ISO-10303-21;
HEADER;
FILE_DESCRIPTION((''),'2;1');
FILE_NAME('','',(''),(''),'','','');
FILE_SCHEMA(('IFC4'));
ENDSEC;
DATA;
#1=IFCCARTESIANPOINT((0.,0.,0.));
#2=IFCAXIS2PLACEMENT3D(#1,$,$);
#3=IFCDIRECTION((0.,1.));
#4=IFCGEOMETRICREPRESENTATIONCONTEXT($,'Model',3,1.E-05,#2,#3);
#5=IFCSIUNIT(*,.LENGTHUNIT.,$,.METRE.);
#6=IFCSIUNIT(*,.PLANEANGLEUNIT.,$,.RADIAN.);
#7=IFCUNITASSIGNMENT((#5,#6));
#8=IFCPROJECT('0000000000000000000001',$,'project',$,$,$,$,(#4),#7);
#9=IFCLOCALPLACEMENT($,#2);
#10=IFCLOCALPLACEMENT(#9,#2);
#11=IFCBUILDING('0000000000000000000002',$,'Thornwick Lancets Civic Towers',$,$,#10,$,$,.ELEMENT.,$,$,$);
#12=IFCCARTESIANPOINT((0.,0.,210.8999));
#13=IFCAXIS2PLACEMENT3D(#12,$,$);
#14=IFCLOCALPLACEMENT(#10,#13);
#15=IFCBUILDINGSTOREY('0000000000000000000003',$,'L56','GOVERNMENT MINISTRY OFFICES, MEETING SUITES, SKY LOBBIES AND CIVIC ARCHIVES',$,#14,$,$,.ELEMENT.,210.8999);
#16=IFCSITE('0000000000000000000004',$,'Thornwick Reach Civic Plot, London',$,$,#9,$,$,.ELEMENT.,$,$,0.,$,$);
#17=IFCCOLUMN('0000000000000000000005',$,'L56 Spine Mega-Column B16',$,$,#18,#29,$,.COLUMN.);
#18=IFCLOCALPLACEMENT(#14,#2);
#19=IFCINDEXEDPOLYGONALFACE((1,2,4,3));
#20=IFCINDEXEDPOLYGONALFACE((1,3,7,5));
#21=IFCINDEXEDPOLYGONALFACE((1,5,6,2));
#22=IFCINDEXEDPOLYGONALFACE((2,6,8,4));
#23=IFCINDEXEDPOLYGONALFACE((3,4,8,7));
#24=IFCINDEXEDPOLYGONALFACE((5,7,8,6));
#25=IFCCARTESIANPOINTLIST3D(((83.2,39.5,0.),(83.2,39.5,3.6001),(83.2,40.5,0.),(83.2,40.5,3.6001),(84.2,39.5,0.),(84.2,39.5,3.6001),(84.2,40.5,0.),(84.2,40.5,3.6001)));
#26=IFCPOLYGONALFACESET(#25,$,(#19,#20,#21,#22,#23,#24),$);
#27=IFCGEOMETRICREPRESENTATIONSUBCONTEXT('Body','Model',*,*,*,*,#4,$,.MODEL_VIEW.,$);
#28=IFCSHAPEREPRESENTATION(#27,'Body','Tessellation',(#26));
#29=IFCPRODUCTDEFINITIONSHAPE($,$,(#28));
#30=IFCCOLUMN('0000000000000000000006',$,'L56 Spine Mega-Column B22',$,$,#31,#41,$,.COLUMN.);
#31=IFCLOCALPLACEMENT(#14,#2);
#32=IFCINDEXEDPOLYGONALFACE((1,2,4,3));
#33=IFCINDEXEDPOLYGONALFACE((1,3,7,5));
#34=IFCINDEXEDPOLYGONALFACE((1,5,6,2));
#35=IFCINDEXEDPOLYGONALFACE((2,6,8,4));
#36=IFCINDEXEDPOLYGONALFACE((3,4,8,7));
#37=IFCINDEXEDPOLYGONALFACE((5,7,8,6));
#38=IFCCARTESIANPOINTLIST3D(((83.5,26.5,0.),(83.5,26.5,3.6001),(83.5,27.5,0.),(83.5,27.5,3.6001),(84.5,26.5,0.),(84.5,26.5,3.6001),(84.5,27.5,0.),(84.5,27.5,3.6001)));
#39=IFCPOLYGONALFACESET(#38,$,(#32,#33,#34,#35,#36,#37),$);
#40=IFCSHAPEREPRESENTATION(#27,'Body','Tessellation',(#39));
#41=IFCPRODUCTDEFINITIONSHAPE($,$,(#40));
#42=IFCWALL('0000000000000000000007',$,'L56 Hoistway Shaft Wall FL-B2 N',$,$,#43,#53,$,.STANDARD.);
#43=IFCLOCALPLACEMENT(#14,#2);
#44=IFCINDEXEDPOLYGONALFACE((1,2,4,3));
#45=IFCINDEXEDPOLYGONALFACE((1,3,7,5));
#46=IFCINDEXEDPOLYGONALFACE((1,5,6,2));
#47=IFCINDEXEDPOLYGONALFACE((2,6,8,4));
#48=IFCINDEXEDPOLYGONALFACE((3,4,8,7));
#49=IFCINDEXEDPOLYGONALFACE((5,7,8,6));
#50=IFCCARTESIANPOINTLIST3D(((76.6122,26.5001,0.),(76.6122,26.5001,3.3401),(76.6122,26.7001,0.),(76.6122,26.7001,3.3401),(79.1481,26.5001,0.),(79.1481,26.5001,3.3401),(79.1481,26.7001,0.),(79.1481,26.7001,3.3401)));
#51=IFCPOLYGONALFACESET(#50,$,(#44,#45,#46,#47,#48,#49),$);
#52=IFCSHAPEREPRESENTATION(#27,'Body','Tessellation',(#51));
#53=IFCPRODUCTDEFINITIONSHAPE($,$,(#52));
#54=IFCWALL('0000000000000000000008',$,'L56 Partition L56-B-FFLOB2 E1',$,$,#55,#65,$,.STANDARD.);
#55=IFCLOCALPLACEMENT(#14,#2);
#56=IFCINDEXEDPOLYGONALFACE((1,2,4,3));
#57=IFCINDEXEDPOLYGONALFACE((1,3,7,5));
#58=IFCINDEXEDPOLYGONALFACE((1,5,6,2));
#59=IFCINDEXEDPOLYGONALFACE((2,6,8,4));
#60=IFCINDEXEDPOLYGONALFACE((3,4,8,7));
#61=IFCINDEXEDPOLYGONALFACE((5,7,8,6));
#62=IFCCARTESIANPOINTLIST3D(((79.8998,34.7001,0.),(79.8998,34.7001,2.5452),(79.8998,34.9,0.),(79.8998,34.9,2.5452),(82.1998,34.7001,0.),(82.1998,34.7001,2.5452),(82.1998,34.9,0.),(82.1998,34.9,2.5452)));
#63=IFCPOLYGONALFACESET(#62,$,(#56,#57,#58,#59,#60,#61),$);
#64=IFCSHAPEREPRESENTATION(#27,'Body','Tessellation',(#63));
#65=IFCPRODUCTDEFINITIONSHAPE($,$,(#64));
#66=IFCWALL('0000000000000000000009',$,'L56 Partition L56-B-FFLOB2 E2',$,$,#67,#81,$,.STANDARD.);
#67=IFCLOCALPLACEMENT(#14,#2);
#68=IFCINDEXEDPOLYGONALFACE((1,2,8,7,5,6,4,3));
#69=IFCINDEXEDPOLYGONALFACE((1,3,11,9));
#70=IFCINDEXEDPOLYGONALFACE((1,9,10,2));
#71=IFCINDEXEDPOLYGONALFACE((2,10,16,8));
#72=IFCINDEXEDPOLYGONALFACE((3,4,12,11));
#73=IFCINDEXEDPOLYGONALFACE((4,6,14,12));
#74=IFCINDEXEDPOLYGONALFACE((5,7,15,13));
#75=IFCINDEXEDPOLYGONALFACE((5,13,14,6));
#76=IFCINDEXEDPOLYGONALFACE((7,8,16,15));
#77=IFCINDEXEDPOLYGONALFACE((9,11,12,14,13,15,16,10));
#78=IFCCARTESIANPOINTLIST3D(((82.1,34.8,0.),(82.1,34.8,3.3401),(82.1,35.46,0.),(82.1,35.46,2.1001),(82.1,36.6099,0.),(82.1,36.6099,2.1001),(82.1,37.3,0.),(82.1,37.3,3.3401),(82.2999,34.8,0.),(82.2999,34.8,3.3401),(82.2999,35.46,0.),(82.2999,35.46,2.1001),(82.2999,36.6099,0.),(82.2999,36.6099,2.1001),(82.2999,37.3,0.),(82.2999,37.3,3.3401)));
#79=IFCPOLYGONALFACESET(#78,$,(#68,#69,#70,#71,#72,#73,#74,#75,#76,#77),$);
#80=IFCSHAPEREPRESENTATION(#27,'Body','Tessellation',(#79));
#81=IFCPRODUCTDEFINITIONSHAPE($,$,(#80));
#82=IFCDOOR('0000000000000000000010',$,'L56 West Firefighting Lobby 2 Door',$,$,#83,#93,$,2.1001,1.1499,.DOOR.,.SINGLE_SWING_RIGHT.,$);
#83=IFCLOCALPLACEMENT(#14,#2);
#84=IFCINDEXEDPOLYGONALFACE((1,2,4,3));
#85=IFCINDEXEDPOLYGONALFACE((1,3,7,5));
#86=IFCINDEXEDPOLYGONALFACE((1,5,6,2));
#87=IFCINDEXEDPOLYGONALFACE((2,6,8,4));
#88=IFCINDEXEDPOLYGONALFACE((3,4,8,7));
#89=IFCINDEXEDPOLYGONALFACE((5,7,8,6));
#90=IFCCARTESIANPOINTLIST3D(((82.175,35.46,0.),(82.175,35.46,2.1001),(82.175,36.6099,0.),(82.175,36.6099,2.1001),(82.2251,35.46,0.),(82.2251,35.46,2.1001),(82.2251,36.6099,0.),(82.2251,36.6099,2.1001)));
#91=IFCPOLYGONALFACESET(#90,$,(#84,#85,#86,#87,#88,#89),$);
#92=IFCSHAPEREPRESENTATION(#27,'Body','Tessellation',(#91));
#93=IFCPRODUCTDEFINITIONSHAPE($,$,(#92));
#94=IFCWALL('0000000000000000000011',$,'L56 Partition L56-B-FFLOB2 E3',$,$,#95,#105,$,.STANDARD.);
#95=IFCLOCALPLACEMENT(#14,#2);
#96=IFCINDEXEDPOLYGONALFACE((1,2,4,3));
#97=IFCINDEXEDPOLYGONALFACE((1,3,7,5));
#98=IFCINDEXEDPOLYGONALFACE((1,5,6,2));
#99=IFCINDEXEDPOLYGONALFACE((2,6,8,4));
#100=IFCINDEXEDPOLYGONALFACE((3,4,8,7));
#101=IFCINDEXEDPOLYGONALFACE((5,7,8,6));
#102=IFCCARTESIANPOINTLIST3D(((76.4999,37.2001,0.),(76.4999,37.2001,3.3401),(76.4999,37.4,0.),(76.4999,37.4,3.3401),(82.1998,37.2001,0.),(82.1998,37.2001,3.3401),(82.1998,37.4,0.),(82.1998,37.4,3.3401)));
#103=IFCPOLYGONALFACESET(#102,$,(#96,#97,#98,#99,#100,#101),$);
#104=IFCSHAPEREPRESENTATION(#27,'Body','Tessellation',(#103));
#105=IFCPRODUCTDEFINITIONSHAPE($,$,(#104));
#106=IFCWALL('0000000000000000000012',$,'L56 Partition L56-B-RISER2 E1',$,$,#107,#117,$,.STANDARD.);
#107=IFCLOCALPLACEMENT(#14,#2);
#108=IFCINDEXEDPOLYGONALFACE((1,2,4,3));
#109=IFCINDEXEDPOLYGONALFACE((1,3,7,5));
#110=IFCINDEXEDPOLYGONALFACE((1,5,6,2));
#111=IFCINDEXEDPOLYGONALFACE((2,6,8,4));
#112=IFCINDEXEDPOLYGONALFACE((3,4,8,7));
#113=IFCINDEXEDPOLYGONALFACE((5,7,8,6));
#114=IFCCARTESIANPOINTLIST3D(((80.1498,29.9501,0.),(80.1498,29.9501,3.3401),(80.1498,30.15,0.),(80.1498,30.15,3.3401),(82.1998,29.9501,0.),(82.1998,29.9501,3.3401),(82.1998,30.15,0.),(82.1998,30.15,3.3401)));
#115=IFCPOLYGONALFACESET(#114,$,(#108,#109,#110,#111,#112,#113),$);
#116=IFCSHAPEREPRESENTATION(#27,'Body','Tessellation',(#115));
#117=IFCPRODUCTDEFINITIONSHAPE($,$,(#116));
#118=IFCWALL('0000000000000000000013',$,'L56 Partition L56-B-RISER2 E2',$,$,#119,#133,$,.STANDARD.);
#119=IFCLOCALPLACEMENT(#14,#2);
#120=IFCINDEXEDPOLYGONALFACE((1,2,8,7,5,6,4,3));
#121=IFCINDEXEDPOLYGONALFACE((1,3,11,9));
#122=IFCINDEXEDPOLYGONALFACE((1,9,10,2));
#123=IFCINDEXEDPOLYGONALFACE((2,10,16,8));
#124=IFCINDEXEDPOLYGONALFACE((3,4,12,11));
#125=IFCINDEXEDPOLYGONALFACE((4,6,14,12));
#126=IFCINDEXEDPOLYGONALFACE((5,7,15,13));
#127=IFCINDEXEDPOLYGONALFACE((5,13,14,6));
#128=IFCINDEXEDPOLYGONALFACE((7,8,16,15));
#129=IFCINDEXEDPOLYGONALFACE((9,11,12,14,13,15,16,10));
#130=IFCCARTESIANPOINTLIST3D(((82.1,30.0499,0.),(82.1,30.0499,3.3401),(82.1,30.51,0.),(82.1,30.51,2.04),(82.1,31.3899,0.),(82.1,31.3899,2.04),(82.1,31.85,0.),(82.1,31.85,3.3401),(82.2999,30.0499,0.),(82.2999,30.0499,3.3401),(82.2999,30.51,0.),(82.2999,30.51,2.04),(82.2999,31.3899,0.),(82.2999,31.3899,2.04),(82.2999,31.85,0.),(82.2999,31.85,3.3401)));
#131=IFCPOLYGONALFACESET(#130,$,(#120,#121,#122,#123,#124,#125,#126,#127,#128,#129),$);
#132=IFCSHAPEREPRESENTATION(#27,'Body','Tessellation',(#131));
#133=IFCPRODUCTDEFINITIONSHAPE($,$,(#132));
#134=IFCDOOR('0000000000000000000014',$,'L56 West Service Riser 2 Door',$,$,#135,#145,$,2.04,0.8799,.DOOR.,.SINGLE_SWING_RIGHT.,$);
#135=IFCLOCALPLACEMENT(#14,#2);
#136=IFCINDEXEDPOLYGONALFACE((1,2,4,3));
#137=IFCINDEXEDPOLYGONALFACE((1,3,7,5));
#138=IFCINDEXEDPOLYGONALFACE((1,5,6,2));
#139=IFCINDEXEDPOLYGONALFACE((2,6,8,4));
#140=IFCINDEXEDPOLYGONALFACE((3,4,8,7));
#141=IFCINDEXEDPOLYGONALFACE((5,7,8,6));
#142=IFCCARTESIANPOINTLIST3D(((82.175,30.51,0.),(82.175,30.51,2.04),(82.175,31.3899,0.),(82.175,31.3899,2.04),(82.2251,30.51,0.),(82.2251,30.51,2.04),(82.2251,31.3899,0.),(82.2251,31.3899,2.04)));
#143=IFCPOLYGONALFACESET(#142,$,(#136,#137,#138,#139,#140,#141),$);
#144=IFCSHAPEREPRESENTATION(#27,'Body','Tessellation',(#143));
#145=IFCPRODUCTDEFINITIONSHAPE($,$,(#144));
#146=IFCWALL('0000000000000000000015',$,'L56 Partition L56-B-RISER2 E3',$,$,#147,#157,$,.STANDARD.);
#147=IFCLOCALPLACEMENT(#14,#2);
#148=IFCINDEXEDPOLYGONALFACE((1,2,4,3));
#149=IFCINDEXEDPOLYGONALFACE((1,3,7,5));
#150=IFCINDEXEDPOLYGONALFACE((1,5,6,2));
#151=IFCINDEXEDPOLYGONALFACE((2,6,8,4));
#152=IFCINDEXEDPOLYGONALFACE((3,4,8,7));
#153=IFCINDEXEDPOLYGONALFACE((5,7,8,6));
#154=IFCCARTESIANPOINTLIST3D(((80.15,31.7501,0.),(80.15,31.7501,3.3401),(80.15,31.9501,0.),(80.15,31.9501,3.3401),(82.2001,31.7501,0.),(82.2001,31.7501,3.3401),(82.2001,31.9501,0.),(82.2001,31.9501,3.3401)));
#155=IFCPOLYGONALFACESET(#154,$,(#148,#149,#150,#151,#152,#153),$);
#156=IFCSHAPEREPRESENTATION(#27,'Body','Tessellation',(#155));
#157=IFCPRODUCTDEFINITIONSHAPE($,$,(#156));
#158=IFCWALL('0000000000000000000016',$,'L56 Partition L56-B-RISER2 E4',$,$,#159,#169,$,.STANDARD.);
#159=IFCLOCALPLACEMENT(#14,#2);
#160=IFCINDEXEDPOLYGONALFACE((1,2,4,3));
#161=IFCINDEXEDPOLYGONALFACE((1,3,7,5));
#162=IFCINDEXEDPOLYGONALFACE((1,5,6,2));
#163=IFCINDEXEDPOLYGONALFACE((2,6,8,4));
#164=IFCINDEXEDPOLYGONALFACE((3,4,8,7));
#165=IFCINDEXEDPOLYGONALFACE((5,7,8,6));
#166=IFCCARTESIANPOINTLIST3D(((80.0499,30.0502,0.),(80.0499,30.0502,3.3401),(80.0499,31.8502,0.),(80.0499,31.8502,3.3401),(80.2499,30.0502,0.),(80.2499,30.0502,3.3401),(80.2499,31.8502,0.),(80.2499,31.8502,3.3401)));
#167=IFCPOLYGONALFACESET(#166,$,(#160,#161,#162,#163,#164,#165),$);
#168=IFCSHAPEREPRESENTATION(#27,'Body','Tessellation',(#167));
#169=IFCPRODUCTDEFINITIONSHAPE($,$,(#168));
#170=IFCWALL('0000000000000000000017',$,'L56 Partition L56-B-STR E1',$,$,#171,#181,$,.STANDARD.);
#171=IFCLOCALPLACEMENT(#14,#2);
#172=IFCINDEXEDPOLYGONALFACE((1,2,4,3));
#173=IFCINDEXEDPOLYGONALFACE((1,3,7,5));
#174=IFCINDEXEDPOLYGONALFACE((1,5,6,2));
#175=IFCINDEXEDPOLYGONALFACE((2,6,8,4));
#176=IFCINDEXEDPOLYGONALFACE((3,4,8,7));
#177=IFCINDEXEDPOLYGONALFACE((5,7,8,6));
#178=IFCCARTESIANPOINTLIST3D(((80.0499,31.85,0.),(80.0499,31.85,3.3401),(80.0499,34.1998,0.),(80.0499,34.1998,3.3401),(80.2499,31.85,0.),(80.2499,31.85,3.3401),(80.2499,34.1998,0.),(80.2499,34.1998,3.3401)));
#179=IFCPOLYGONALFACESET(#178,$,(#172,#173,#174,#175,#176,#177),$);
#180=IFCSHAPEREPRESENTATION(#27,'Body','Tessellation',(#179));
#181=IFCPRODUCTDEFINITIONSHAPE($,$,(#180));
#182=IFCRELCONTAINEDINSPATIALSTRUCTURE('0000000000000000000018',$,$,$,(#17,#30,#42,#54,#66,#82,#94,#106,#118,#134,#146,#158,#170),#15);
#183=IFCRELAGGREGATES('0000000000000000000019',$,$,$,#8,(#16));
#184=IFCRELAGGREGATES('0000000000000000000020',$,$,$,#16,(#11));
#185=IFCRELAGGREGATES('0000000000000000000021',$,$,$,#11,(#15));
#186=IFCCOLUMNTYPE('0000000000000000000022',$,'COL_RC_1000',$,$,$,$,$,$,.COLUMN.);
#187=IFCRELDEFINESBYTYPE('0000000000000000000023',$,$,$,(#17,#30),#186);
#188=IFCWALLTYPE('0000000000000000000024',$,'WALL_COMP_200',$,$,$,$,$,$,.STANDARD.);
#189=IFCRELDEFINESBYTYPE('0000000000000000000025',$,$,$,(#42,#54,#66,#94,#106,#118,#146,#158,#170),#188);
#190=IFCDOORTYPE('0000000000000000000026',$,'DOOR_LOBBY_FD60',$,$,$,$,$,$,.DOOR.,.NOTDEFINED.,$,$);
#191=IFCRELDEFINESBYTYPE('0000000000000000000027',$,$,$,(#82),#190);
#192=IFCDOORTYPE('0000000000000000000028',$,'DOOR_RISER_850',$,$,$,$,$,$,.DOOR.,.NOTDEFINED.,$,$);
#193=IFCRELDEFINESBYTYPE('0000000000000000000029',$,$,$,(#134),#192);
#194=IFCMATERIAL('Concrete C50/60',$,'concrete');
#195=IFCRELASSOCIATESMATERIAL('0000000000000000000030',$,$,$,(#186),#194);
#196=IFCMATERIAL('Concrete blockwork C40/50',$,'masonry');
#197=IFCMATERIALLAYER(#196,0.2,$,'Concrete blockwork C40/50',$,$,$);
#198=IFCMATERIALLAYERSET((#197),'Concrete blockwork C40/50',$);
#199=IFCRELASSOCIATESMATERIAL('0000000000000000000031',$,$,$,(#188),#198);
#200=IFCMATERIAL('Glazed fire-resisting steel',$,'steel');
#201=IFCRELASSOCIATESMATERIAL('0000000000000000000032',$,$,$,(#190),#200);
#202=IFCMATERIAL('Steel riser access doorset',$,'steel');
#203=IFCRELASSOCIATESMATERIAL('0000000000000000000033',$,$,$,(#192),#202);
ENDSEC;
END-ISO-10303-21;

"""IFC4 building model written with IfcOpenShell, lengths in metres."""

from ifc_helpers import new_model, si_unit, direction, frame, frame_2d, origin, origin_2d, place, context, subcontext, project, spatial, rectangle, extrude, material, layer, layer_set, material_profile, profile_set, type_object, element, fill, save


model = new_model("IFC4")

# Units and contexts
model_context = context("Model", 3, precision=1e-05, world=origin(), true_north=direction((0.0, 1.0)))
body_context = subcontext(model_context, "Body", "Model", "MODEL_VIEW")
ifc_project = project(units=[si_unit("LENGTHUNIT", "METRE"), si_unit("PLANEANGLEUNIT", "RADIAN")], contexts=[model_context])

# Site, building, storey
site_placement = place(None, origin())
site = spatial("IfcSite", under=ifc_project, at=site_placement, Name="Thornwick Reach Civic Plot, London", CompositionType="ELEMENT", RefElevation=0.0)
building_placement = place(site_placement, origin())
building = spatial("IfcBuilding", under=site, at=building_placement, Name="Thornwick Lancets Civic Towers", CompositionType="ELEMENT")
storey_placement = place(building_placement, frame((0.0, 0.0, 210.8999)))
storey = spatial("IfcBuildingStorey", under=building, at=storey_placement, Name="L56", Description="GOVERNMENT MINISTRY OFFICES, MEETING SUITES, SKY LOBBIES AND CIVIC ARCHIVES", CompositionType="ELEMENT", Elevation=210.8999)

# Columns
ifc_material_1 = material(Name="Concrete C50/60", Category="concrete")
ifc_material_profile = material_profile(ifc_material_1, rectangle(XDim=1.0, YDim=1.0, at=origin_2d()), Name="RC 1000x1000")
ifc_profile_set = profile_set([ifc_material_profile], Name="Concrete C50/60")
column_type = type_object("IfcColumnType", Name="COL_RC_1000", PredefinedType="COLUMN", material=ifc_profile_set)
for number, where, z_axis, x_axis, name in (
    (1, (83.7, 40.0, 0.0), (0.0, 0.0, 1.0), (1.0, 0.0, 0.0), "L56 Spine Mega-Column B16"),
    (2, (84.0, 27.0, 0.0), (0.0, 0.0, 1.0), (1.0, 0.0, 0.0), "L56 Spine Mega-Column B22"),
):
    element("IfcColumn", number, at=place(storey_placement, frame(where, z_axis=z_axis, x_axis=x_axis)), inside=storey, type_object=column_type, Name=name, PredefinedType="COLUMN", context=body_context, shape_type="SweptSolid", body=[
        extrude(rectangle(XDim=1.0, YDim=1.0, at=origin_2d()), origin(), (0.0, 0.0, 1.0), 3.6001),
    ])

# Walls
ifc_material_2 = material(Name="Concrete blockwork C40/50", Category="masonry")
ifc_layer_1 = layer(ifc_material_2, 0.2, Name="Concrete blockwork C40/50")
ifc_layer_set_1 = layer_set([ifc_layer_1], Name="Concrete blockwork C40/50")
wall_type_1 = type_object("IfcWallType", Name="WALL_COMP_200", PredefinedType="STANDARD", material=ifc_layer_set_1)
wall_1_placement = place(storey_placement, frame((76.6121, 26.6001, 0.0), z_axis=(0.0, 0.0, 1.0), x_axis=(1.0, 0.0, 0.0)))
element("IfcWall", 3, at=wall_1_placement, inside=storey, type_object=wall_type_1, Name="L56 Hoistway Shaft Wall FL-B2 N", PredefinedType="STANDARD", context=body_context, shape_type="SweptSolid", body=[
    extrude(rectangle(XDim=2.5359, YDim=0.2, at=frame_2d((1.2681, 0.0))), origin(), (0.0, 0.0, 1.0), 3.3401),
])
wall_2_placement = place(storey_placement, frame((79.8999, 34.8, 0.0), z_axis=(0.0, 0.0, 1.0), x_axis=(1.0, 0.0, 0.0)))
element("IfcWall", 4, at=wall_2_placement, inside=storey, type_object=wall_type_1, Name="L56 Partition L56-B-FFLOB2 E1", PredefinedType="STANDARD", context=body_context, shape_type="SweptSolid", body=[
    extrude(rectangle(XDim=2.3, YDim=0.2, at=frame_2d((1.1499, 0.0))), origin(), (0.0, 0.0, 1.0), 2.5452),
])

# Wall, opening, door
wall_3_placement = place(storey_placement, frame((82.2, 34.8, 0.0), z_axis=(0.0, 0.0, 1.0), x_axis=(0.0, 1.0, 0.0)))
wall_3 = element("IfcWall", 5, at=wall_3_placement, inside=storey, type_object=wall_type_1, Name="L56 Partition L56-B-FFLOB2 E2", PredefinedType="STANDARD", context=body_context, shape_type="SweptSolid", body=[
    extrude(rectangle(XDim=2.5, YDim=0.2, at=frame_2d((1.25, 0.0))), origin(), (0.0, 0.0, 1.0), 3.3401),
])
opening_1_placement = place(wall_3_placement, frame((0.6599, 0.0, 0.0)))
opening_1 = element("IfcOpeningElement", 6, at=opening_1_placement, cuts=wall_3, PredefinedType="OPENING", context=body_context, shape_type="SweptSolid", body=[
    extrude(rectangle(XDim=1.1499, YDim=2.1001, at=frame_2d((0.575, 1.05))), frame((0.0, 0.1099, 0.0), z_axis=(0.0, -1.0, 0.0), x_axis=(1.0, 0.0, 0.0)), (0.0, 0.0, 1.0), 0.22),
])
ifc_material_3 = material(Name="Glazed fire-resisting steel", Category="steel")
door_type_1 = type_object("IfcDoorType", Name="DOOR_LOBBY_FD60", OperationType="NOTDEFINED", PredefinedType="DOOR", material=ifc_material_3)
door_1_placement = place(opening_1_placement, origin())
door_1 = element("IfcDoor", 7, at=door_1_placement, inside=storey, type_object=door_type_1, Name="L56 West Firefighting Lobby 2 Door", OperationType="SINGLE_SWING_RIGHT", OverallHeight=2.1001, OverallWidth=1.1499, PredefinedType="DOOR", context=body_context, shape_type="SweptSolid", body=[
    extrude(rectangle(XDim=1.1499, YDim=2.1001, at=frame_2d((0.575, 1.05))), frame((0.0, 0.0249, 0.0), z_axis=(0.0, -1.0, 0.0), x_axis=(1.0, 0.0, 0.0)), (0.0, 0.0, 1.0), 0.05),
])
fill(opening_1, door_1)

# Walls
wall_4_placement = place(storey_placement, frame((82.2, 37.3, 0.0), z_axis=(0.0, 0.0, 1.0), x_axis=(-1.0, 0.0, 0.0)))
element("IfcWall", 8, at=wall_4_placement, inside=storey, type_object=wall_type_1, Name="L56 Partition L56-B-FFLOB2 E3", PredefinedType="STANDARD", context=body_context, shape_type="SweptSolid", body=[
    extrude(rectangle(XDim=5.7, YDim=0.2, at=frame_2d((2.8501, 0.0))), origin(), (0.0, 0.0, 1.0), 3.3401),
])
wall_5_placement = place(storey_placement, frame((80.1499, 30.05, 0.0), z_axis=(0.0, 0.0, 1.0), x_axis=(1.0, 0.0, 0.0)))
element("IfcWall", 9, at=wall_5_placement, inside=storey, type_object=wall_type_1, Name="L56 Partition L56-B-RISER2 E1", PredefinedType="STANDARD", context=body_context, shape_type="SweptSolid", body=[
    extrude(rectangle(XDim=2.05, YDim=0.2, at=frame_2d((1.0249, 0.0))), origin(), (0.0, 0.0, 1.0), 3.3401),
])

# Wall, opening, door
wall_6_placement = place(storey_placement, frame((82.2, 30.05, 0.0), z_axis=(0.0, 0.0, 1.0), x_axis=(0.0, 1.0, 0.0)))
wall_6 = element("IfcWall", 10, at=wall_6_placement, inside=storey, type_object=wall_type_1, Name="L56 Partition L56-B-RISER2 E2", PredefinedType="STANDARD", context=body_context, shape_type="SweptSolid", body=[
    extrude(rectangle(XDim=1.8, YDim=0.2, at=frame_2d((0.8999, 0.0))), origin(), (0.0, 0.0, 1.0), 3.3401),
])
opening_2_placement = place(wall_6_placement, frame((0.46, 0.0, 0.0)))
opening_2 = element("IfcOpeningElement", 11, at=opening_2_placement, cuts=wall_6, PredefinedType="OPENING", context=body_context, shape_type="SweptSolid", body=[
    extrude(rectangle(XDim=0.8799, YDim=2.04, at=frame_2d((0.4399, 1.02))), frame((0.0, 0.1099, 0.0), z_axis=(0.0, -1.0, 0.0), x_axis=(1.0, 0.0, 0.0)), (0.0, 0.0, 1.0), 0.22),
])
ifc_material_4 = material(Name="Steel riser access doorset", Category="steel")
door_type_2 = type_object("IfcDoorType", Name="DOOR_RISER_850", OperationType="NOTDEFINED", PredefinedType="DOOR", material=ifc_material_4)
door_2_placement = place(opening_2_placement, origin())
door_2 = element("IfcDoor", 12, at=door_2_placement, inside=storey, type_object=door_type_2, Name="L56 West Service Riser 2 Door", OperationType="SINGLE_SWING_RIGHT", OverallHeight=2.04, OverallWidth=0.8799, PredefinedType="DOOR", context=body_context, shape_type="SweptSolid", body=[
    extrude(rectangle(XDim=0.8799, YDim=2.04, at=frame_2d((0.4399, 1.02))), frame((0.0, 0.0249, 0.0), z_axis=(0.0, -1.0, 0.0), x_axis=(1.0, 0.0, 0.0)), (0.0, 0.0, 1.0), 0.05),
])
fill(opening_2, door_2)

# Walls
wall_7_placement = place(storey_placement, frame((82.2, 31.8501, 0.0), z_axis=(0.0, 0.0, 1.0), x_axis=(-1.0, 0.0, 0.0)))
element("IfcWall", 13, at=wall_7_placement, inside=storey, type_object=wall_type_1, Name="L56 Partition L56-B-RISER2 E3", PredefinedType="STANDARD", context=body_context, shape_type="SweptSolid", body=[
    extrude(rectangle(XDim=2.05, YDim=0.2, at=frame_2d((1.0249, 0.0))), origin(), (0.0, 0.0, 1.0), 3.3401),
])
wall_8_placement = place(storey_placement, frame((80.1499, 31.8501, 0.0), z_axis=(0.0, 0.0, 1.0), x_axis=(0.0, -1.0, 0.0)))
element("IfcWall", 14, at=wall_8_placement, inside=storey, type_object=wall_type_1, Name="L56 Partition L56-B-RISER2 E4", PredefinedType="STANDARD", context=body_context, shape_type="SweptSolid", body=[
    extrude(rectangle(XDim=1.8, YDim=0.2, at=frame_2d((0.8999, 0.0))), origin(), (0.0, 0.0, 1.0), 3.3401),
])
wall_9_placement = place(storey_placement, frame((80.1499, 31.8501, 0.0), z_axis=(0.0, 0.0, 1.0), x_axis=(0.0, 1.0, 0.0)))
element("IfcWall", 15, at=wall_9_placement, inside=storey, type_object=wall_type_1, Name="L56 Partition L56-B-STR E1", PredefinedType="STANDARD", context=body_context, shape_type="SweptSolid", body=[
    extrude(rectangle(XDim=2.3499, YDim=0.2, at=frame_2d((1.1748, 0.0))), origin(), (0.0, 0.0, 1.0), 3.3401),
])

save(model, "model.ifc")
